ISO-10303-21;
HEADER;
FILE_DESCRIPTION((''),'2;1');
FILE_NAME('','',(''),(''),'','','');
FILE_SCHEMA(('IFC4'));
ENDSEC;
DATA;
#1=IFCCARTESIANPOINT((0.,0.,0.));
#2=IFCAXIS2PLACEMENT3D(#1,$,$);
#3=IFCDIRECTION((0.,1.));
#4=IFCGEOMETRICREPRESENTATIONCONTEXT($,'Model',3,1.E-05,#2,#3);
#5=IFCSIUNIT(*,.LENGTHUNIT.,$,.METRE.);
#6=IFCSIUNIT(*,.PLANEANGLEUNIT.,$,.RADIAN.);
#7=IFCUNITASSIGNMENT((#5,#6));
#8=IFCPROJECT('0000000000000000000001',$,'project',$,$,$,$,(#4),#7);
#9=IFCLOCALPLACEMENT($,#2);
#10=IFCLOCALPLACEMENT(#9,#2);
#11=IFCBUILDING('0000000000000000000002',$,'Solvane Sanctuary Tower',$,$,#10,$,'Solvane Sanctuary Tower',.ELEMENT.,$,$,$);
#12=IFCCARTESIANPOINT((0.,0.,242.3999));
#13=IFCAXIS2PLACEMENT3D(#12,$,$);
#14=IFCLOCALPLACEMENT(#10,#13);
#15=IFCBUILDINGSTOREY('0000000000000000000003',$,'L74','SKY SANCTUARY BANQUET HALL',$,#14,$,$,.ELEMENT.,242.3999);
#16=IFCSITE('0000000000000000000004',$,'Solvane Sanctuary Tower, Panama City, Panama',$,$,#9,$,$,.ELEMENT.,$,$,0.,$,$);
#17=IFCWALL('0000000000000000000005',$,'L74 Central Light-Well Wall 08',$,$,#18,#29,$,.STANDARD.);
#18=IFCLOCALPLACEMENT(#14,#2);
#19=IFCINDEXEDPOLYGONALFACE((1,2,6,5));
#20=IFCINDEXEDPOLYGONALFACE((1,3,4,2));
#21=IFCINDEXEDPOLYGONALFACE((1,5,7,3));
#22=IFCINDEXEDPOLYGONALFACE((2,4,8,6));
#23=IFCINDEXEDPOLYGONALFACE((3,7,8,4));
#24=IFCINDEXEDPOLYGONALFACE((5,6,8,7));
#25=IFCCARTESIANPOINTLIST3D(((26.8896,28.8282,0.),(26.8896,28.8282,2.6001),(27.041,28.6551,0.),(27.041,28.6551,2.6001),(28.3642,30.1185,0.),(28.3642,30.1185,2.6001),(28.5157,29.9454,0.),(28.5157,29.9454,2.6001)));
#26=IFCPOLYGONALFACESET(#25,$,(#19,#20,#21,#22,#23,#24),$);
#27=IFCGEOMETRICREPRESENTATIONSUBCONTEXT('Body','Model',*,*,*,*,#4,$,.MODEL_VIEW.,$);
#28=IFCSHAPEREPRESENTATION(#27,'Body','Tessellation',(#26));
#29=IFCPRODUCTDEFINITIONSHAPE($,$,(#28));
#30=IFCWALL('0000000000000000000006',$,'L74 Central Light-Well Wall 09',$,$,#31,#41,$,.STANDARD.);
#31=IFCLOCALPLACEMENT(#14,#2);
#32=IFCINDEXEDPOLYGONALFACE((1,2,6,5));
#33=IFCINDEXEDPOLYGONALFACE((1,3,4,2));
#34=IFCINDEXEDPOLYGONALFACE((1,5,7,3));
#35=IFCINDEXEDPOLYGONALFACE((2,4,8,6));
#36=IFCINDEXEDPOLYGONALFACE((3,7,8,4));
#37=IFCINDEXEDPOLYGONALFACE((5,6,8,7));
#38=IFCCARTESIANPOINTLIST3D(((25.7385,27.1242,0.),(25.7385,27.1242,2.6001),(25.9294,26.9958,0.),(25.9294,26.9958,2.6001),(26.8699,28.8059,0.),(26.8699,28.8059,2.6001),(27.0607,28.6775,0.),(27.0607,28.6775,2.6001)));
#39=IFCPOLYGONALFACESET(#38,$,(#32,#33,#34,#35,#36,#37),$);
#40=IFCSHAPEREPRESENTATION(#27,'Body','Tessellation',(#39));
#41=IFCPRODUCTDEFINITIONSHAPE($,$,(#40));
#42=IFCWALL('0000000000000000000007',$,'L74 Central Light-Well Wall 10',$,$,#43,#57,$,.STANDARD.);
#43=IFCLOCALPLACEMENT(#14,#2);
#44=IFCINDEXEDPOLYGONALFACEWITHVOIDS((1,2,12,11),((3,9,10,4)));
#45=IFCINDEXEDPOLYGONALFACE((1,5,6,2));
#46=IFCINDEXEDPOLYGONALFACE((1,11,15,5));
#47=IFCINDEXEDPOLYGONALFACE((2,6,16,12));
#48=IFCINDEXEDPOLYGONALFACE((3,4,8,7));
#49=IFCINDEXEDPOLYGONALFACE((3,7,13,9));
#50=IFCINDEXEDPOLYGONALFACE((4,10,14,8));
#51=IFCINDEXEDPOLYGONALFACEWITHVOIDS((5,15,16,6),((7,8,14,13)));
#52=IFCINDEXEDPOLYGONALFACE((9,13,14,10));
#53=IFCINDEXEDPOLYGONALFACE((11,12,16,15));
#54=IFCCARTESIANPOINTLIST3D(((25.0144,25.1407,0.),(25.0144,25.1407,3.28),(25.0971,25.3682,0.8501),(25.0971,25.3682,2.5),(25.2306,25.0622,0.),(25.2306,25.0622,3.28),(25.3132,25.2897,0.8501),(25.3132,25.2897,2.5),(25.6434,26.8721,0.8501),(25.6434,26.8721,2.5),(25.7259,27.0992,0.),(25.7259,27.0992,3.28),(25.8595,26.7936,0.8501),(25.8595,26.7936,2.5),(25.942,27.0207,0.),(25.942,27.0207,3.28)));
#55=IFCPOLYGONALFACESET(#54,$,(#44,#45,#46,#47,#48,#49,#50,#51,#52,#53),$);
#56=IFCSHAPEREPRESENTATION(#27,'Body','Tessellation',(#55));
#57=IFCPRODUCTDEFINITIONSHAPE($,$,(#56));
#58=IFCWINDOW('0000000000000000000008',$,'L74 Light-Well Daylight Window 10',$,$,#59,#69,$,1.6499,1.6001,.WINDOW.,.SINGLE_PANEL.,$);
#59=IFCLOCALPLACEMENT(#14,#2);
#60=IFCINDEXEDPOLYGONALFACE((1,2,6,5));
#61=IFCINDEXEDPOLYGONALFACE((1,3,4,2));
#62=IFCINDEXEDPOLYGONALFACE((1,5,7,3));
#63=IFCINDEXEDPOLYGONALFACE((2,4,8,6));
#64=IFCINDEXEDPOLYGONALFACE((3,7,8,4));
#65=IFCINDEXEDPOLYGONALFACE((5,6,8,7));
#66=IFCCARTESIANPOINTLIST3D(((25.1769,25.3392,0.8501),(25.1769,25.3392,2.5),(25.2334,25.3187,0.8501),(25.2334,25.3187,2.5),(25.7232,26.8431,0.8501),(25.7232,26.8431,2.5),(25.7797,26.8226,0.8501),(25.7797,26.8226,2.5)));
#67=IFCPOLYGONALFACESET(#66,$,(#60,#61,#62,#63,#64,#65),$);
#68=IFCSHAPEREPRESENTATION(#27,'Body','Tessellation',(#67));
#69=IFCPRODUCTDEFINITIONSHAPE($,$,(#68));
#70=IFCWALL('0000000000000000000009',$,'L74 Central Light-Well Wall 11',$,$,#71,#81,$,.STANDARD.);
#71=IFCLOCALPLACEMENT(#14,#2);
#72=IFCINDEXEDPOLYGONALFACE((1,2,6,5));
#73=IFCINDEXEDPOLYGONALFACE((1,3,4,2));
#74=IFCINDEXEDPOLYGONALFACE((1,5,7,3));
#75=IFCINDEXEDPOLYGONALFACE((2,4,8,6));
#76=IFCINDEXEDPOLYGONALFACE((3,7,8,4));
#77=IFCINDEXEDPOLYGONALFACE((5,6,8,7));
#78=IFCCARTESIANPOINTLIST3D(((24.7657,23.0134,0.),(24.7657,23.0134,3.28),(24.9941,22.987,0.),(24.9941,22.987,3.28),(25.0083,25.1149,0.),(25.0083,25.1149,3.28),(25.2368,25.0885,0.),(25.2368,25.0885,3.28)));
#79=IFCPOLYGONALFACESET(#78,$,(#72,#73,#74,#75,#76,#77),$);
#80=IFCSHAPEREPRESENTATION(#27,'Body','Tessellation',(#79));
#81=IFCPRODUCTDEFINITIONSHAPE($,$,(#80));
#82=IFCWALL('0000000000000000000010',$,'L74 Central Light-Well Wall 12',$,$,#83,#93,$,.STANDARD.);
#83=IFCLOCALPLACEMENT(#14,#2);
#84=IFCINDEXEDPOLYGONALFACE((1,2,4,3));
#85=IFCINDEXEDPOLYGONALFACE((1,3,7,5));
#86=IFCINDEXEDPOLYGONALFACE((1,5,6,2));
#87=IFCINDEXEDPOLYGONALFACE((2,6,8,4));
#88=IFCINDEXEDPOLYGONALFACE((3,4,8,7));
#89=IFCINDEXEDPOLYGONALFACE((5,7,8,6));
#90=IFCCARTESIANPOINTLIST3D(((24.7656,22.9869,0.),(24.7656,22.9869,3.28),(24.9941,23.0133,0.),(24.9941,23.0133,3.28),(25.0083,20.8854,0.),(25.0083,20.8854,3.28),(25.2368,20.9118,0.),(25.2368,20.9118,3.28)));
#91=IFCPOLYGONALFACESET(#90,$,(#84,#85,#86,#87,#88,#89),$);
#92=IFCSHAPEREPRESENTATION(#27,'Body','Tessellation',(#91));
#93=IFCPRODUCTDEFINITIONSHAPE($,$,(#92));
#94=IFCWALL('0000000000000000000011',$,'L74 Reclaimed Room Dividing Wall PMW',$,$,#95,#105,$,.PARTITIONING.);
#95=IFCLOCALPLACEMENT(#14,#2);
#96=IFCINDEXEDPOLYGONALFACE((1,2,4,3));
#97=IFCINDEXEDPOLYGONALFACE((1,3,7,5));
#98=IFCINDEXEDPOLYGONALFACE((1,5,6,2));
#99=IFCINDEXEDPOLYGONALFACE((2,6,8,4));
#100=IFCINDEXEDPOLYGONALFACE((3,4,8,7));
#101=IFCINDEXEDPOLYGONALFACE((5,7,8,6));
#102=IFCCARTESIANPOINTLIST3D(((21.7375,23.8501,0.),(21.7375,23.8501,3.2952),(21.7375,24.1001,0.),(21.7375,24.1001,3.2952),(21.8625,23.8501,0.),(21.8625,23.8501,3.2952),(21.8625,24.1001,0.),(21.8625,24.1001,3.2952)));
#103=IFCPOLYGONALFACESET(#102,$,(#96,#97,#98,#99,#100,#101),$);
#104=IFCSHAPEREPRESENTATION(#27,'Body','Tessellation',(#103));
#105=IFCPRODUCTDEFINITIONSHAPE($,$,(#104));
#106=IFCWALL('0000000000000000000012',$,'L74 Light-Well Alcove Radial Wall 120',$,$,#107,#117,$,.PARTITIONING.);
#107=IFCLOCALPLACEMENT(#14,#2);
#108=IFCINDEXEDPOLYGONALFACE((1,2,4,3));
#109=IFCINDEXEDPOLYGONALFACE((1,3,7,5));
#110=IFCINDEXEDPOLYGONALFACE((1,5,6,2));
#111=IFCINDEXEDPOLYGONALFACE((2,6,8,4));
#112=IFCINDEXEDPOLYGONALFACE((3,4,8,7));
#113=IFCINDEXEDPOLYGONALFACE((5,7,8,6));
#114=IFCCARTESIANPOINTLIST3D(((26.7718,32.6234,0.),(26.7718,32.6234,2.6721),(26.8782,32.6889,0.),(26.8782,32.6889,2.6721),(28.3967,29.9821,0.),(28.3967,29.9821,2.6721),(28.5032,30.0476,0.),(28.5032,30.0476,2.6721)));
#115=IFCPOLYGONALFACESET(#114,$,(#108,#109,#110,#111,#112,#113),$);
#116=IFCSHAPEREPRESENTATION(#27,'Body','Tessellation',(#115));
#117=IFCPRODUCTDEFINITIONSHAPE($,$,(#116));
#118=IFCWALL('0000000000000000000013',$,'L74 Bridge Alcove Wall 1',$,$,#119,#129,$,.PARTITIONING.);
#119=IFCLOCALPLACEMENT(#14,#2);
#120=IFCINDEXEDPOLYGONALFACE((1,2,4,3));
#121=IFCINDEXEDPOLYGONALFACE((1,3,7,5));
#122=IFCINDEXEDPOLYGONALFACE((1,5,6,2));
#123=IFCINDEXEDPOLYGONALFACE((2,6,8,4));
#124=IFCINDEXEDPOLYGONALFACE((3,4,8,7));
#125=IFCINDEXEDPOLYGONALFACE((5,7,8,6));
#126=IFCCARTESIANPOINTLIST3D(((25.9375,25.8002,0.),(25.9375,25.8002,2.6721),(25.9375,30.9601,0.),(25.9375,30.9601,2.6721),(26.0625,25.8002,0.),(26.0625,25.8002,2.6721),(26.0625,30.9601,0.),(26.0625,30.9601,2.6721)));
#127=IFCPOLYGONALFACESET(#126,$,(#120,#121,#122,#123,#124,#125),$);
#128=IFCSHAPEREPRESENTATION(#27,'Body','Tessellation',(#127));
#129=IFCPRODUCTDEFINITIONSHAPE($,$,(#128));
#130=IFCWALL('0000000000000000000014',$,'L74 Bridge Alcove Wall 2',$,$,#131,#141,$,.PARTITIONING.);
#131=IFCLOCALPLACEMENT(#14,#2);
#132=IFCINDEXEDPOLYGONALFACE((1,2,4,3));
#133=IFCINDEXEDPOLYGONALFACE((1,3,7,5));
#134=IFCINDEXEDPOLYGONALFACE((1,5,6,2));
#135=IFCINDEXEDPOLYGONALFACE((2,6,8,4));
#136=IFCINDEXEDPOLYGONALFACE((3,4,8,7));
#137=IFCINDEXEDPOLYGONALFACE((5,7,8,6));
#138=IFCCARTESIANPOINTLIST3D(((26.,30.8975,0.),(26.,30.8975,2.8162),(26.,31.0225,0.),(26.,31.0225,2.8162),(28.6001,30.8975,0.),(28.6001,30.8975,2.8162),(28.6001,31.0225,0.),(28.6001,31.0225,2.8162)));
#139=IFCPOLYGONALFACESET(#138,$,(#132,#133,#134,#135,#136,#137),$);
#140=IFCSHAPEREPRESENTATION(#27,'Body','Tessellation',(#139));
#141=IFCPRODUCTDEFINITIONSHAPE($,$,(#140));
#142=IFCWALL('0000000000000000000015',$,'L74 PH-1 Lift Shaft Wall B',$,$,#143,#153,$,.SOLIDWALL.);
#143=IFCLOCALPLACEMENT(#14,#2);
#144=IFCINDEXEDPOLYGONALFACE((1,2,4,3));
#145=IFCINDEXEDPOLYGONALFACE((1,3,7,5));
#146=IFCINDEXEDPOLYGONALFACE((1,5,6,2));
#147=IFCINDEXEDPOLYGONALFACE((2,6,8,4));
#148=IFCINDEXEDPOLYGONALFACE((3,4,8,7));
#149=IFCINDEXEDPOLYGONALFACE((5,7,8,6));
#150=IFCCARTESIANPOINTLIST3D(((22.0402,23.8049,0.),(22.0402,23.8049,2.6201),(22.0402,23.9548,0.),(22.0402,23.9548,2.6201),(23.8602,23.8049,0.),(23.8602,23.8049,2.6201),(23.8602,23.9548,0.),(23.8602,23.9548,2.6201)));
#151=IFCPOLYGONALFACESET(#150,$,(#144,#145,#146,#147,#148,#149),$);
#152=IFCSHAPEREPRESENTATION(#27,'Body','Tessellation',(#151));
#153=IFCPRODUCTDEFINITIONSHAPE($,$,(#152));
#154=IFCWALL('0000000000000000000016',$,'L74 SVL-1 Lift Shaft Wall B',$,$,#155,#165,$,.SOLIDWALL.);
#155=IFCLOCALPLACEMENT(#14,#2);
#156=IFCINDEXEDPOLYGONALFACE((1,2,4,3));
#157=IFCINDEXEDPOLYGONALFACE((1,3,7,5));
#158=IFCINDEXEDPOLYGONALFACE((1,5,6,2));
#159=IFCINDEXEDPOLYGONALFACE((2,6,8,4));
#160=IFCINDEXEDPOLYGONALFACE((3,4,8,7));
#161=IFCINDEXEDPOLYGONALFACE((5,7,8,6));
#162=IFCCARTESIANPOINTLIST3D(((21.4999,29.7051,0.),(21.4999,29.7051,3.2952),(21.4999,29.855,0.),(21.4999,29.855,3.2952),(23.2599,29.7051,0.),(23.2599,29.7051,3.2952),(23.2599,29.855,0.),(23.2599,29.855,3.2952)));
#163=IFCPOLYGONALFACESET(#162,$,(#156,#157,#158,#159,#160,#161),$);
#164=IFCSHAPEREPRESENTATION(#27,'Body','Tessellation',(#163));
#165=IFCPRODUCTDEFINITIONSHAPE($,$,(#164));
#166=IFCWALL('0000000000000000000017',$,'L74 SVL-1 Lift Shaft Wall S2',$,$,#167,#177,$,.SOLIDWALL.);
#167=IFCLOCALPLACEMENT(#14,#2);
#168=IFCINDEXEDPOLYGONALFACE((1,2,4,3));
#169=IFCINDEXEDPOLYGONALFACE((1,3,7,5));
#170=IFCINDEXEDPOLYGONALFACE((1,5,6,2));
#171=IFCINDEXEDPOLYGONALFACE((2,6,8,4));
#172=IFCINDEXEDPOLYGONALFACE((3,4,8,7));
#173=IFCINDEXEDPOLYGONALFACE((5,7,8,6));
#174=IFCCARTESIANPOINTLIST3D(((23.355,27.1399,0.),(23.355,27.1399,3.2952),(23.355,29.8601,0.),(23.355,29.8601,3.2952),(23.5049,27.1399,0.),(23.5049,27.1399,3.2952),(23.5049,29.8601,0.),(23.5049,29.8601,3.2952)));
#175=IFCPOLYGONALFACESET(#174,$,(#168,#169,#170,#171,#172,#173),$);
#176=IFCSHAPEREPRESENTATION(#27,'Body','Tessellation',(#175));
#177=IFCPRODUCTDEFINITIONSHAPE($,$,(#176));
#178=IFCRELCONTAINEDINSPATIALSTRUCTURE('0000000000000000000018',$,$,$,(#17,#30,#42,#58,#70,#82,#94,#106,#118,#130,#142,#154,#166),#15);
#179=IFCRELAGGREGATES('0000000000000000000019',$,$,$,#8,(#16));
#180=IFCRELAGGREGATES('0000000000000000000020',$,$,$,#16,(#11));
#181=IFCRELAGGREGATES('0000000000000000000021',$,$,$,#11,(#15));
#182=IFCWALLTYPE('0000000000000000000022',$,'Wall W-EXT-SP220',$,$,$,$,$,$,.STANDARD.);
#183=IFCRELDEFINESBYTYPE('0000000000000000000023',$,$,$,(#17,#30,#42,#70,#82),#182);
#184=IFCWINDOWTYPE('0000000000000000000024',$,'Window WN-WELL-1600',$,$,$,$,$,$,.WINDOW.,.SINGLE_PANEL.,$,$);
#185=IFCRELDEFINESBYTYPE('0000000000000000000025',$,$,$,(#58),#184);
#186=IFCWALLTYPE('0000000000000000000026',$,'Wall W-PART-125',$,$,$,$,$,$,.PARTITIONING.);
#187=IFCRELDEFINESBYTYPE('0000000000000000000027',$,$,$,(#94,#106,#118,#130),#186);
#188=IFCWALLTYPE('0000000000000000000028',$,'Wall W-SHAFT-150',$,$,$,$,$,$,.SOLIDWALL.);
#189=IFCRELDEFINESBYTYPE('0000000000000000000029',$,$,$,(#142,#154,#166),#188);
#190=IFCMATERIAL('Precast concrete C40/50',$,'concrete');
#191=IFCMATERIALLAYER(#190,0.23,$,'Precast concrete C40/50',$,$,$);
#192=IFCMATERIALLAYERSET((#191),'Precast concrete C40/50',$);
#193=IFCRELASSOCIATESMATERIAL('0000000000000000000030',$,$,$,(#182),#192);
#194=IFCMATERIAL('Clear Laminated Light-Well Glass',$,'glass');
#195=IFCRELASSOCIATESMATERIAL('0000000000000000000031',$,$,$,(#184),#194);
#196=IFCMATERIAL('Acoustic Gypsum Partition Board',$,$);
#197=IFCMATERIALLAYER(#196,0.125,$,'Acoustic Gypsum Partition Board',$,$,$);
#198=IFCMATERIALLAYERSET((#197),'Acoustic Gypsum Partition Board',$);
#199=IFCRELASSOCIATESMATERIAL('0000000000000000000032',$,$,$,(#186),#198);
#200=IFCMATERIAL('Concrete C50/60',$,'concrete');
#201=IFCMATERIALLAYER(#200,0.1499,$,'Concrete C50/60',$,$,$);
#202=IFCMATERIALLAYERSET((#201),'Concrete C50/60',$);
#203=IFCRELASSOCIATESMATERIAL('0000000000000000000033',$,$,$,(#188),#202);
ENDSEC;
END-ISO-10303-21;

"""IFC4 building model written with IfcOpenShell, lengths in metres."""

from ifc_helpers import new_model, si_unit, direction, frame, frame_2d, origin, place, context, subcontext, project, spatial, rectangle, extrude, material, layer, layer_set, type_object, element, fill, save


model = new_model("IFC4")

# Units and contexts
model_context = context("Model", 3, precision=1e-05, world=origin(), true_north=direction((0.0, 1.0)))
body_context = subcontext(model_context, "Body", "Model", "MODEL_VIEW")
ifc_project = project(units=[si_unit("LENGTHUNIT", "METRE"), si_unit("PLANEANGLEUNIT", "RADIAN")], contexts=[model_context])

# Site, building, storey
site_placement = place(None, origin())
site = spatial("IfcSite", under=ifc_project, at=site_placement, Name="Solvane Sanctuary Tower, Panama City, Panama", CompositionType="ELEMENT", RefElevation=0.0)
building_placement = place(site_placement, origin())
building = spatial("IfcBuilding", under=site, at=building_placement, Name="Solvane Sanctuary Tower", LongName="Solvane Sanctuary Tower", CompositionType="ELEMENT")
storey_placement = place(building_placement, frame((0.0, 0.0, 242.3999)))
storey = spatial("IfcBuildingStorey", under=building, at=storey_placement, Name="L74", Description="SKY SANCTUARY BANQUET HALL", CompositionType="ELEMENT", Elevation=242.3999)

# Shared definitions
ifc_material_1 = material(Name="Acoustic Gypsum Partition Board")

# Walls
ifc_material_2 = material(Name="Precast concrete C40/50", Category="concrete")
ifc_layer_1 = layer(ifc_material_2, 0.23, Name="Precast concrete C40/50")
ifc_layer_set_1 = layer_set([ifc_layer_1], Name="Precast concrete C40/50")
wall_type_1 = type_object("IfcWallType", Name="Wall W-EXT-SP220", PredefinedType="STANDARD", material=ifc_layer_set_1)
wall_1_placement = place(storey_placement, frame((28.4399, 30.032, 0.0), z_axis=(0.0, 0.0, 1.0), x_axis=(-0.752577, -0.658505, 0.0)))
element("IfcWall", 1, at=wall_1_placement, inside=storey, type_object=wall_type_1, Name="L74 Central Light-Well Wall 08", PredefinedType="STANDARD", context=body_context, shape_type="SweptSolid", body=[
    extrude(rectangle(XDim=1.9595, YDim=0.23, at=frame_2d((0.9797, 0.0))), origin(), (0.0, 0.0, 1.0), 2.6001),
])
wall_2_placement = place(storey_placement, frame((26.9653, 28.7417, 0.0), z_axis=(0.0, 0.0, 1.0), x_axis=(-0.558198, -0.829708, 0.0)))
element("IfcWall", 2, at=wall_2_placement, inside=storey, type_object=wall_type_1, Name="L74 Central Light-Well Wall 09", PredefinedType="STANDARD", context=body_context, shape_type="SweptSolid", body=[
    extrude(rectangle(XDim=2.0269, YDim=0.23, at=frame_2d((1.0134, 0.0))), origin(), (0.0, 0.0, 1.0), 2.6001),
])

# Wall, opening, window
wall_3_placement = place(storey_placement, frame((25.834, 27.0601, 0.0), z_axis=(0.0, 0.0, 1.0), x_axis=(-0.341423, -0.93991, 0.0)))
wall_3 = element("IfcWall", 3, at=wall_3_placement, inside=storey, type_object=wall_type_1, Name="L74 Central Light-Well Wall 10", PredefinedType="STANDARD", context=body_context, shape_type="SweptSolid", body=[
    extrude(rectangle(XDim=2.0837, YDim=0.23, at=frame_2d((1.042, 0.0))), origin(), (0.0, 0.0, 1.0), 3.28),
])
opening_1_placement = place(wall_3_placement, frame((0.2417, 0.0, 0.8501)))
opening_1 = element("IfcOpeningElement", 4, at=opening_1_placement, cuts=wall_3, PredefinedType="OPENING", context=body_context, shape_type="SweptSolid", body=[
    extrude(rectangle(XDim=1.6001, YDim=1.6499, at=frame_2d((0.8, 0.825))), frame((0.0, 0.125, 0.0), z_axis=(0.0, -1.0, 0.0), x_axis=(1.0, 0.0, 0.0)), (0.0, 0.0, 1.0), 0.25),
])
ifc_material_3 = material(Name="Clear Laminated Light-Well Glass", Category="glass")
window_type = type_object("IfcWindowType", Name="Window WN-WELL-1600", PartitioningType="SINGLE_PANEL", PredefinedType="WINDOW", material=ifc_material_3)
window_placement = place(opening_1_placement, origin())
window = element("IfcWindow", 5, at=window_placement, inside=storey, type_object=window_type, Name="L74 Light-Well Daylight Window 10", OverallHeight=1.6499, OverallWidth=1.6001, PartitioningType="SINGLE_PANEL", PredefinedType="WINDOW", context=body_context, shape_type="SweptSolid", body=[
    extrude(rectangle(XDim=1.6001, YDim=1.6499, at=frame_2d((0.8, 0.825))), frame((0.0, 0.03, 0.0), z_axis=(0.0, -1.0, 0.0), x_axis=(1.0, 0.0, 0.0)), (0.0, 0.0, 1.0), 0.0601),
])
fill(opening_1, window)

# Walls
for number, where, z_axis, x_axis, name in (
    (6, (25.1226, 25.1016, 0.0), (0.0, 0.0, 1.0), (-0.114712, -0.993399, 0.0), "L74 Central Light-Well Wall 11"),
    (7, (24.8799, 23.0, 0.0), (0.0, 0.0, 1.0), (0.114712, -0.993399, 0.0), "L74 Central Light-Well Wall 12"),
):
    element("IfcWall", number, at=place(storey_placement, frame(where, z_axis=z_axis, x_axis=x_axis)), inside=storey, type_object=wall_type_1, Name=name, PredefinedType="STANDARD", context=body_context, shape_type="SweptSolid", body=[
        extrude(rectangle(XDim=2.1155, YDim=0.23, at=frame_2d((1.0576, 0.0))), origin(), (0.0, 0.0, 1.0), 3.28),
    ])
ifc_layer_2 = layer(ifc_material_1, 0.125, Name="Acoustic Gypsum Partition Board")
ifc_layer_set_2 = layer_set([ifc_layer_2], Name="Acoustic Gypsum Partition Board")
wall_type_2 = type_object("IfcWallType", Name="Wall W-PART-125", PredefinedType="PARTITIONING", material=ifc_layer_set_2)
wall_4_placement = place(storey_placement, frame((21.8, 23.8501, 0.0), z_axis=(0.0, 0.0, 1.0), x_axis=(0.0, 1.0, 0.0)))
element("IfcWall", 8, at=wall_4_placement, inside=storey, type_object=wall_type_2, Name="L74 Reclaimed Room Dividing Wall PMW", PredefinedType="PARTITIONING", context=body_context, shape_type="SweptSolid", body=[
    extrude(rectangle(XDim=0.25, YDim=0.125, at=frame_2d((0.125, 0.0))), origin(), (0.0, 0.0, 1.0), 3.2952),
])
wall_5_placement = place(storey_placement, frame((28.45, 30.0149, 0.0), z_axis=(0.0, 0.0, 1.0), x_axis=(-0.523992, 0.851723, 0.0)))
element("IfcWall", 9, at=wall_5_placement, inside=storey, type_object=wall_type_2, Name="L74 Light-Well Alcove Radial Wall 120", PredefinedType="PARTITIONING", context=body_context, shape_type="SweptSolid", body=[
    extrude(rectangle(XDim=3.1011, YDim=0.125, at=frame_2d((1.5505, 0.0))), origin(), (0.0, 0.0, 1.0), 2.6721),
])
wall_6_placement = place(storey_placement, frame((26.0, 25.8, 0.0), z_axis=(0.0, 0.0, 1.0), x_axis=(0.0, 1.0, 0.0)))
element("IfcWall", 10, at=wall_6_placement, inside=storey, type_object=wall_type_2, Name="L74 Bridge Alcove Wall 1", PredefinedType="PARTITIONING", context=body_context, shape_type="SweptSolid", body=[
    extrude(rectangle(XDim=5.1599, YDim=0.125, at=frame_2d((2.5801, 0.0))), origin(), (0.0, 0.0, 1.0), 2.6721),
])
wall_7_placement = place(storey_placement, frame((26.0, 30.96, 0.0), z_axis=(0.0, 0.0, 1.0), x_axis=(1.0, 0.0, 0.0)))
element("IfcWall", 11, at=wall_7_placement, inside=storey, type_object=wall_type_2, Name="L74 Bridge Alcove Wall 2", PredefinedType="PARTITIONING", context=body_context, shape_type="SweptSolid", body=[
    extrude(rectangle(XDim=2.6001, YDim=0.125, at=frame_2d((1.3, 0.0))), origin(), (0.0, 0.0, 1.0), 2.8162),
])
ifc_material_4 = material(Name="Concrete C50/60", Category="concrete")
ifc_layer_3 = layer(ifc_material_4, 0.1499, Name="Concrete C50/60")
ifc_layer_set_3 = layer_set([ifc_layer_3], Name="Concrete C50/60")
wall_type_3 = type_object("IfcWallType", Name="Wall W-SHAFT-150", PredefinedType="SOLIDWALL", material=ifc_layer_set_3)
wall_8_placement = place(storey_placement, frame((22.04, 23.8799, 0.0), z_axis=(0.0, 0.0, 1.0), x_axis=(1.0, 0.0, 0.0)))
element("IfcWall", 12, at=wall_8_placement, inside=storey, type_object=wall_type_3, Name="L74 PH-1 Lift Shaft Wall B", PredefinedType="SOLIDWALL", context=body_context, shape_type="SweptSolid", body=[
    extrude(rectangle(XDim=1.8201, YDim=0.1499, at=frame_2d((0.9102, 0.0))), origin(), (0.0, 0.0, 1.0), 2.6201),
])
wall_9_placement = place(storey_placement, frame((21.5, 29.78, 0.0), z_axis=(0.0, 0.0, 1.0), x_axis=(1.0, 0.0, 0.0)))
element("IfcWall", 13, at=wall_9_placement, inside=storey, type_object=wall_type_3, Name="L74 SVL-1 Lift Shaft Wall B", PredefinedType="SOLIDWALL", context=body_context, shape_type="SweptSolid", body=[
    extrude(rectangle(XDim=1.76, YDim=0.1499, at=frame_2d((0.8799, 0.0))), origin(), (0.0, 0.0, 1.0), 3.2952),
])
wall_10_placement = place(storey_placement, frame((23.4299, 27.1399, 0.0), z_axis=(0.0, 0.0, 1.0), x_axis=(0.0, 1.0, 0.0)))
element("IfcWall", 14, at=wall_10_placement, inside=storey, type_object=wall_type_3, Name="L74 SVL-1 Lift Shaft Wall S2", PredefinedType="SOLIDWALL", context=body_context, shape_type="SweptSolid", body=[
    extrude(rectangle(XDim=2.7202, YDim=0.1499, at=frame_2d((1.3601, 0.0))), origin(), (0.0, 0.0, 1.0), 3.2952),
])

save(model, "model.ifc")
